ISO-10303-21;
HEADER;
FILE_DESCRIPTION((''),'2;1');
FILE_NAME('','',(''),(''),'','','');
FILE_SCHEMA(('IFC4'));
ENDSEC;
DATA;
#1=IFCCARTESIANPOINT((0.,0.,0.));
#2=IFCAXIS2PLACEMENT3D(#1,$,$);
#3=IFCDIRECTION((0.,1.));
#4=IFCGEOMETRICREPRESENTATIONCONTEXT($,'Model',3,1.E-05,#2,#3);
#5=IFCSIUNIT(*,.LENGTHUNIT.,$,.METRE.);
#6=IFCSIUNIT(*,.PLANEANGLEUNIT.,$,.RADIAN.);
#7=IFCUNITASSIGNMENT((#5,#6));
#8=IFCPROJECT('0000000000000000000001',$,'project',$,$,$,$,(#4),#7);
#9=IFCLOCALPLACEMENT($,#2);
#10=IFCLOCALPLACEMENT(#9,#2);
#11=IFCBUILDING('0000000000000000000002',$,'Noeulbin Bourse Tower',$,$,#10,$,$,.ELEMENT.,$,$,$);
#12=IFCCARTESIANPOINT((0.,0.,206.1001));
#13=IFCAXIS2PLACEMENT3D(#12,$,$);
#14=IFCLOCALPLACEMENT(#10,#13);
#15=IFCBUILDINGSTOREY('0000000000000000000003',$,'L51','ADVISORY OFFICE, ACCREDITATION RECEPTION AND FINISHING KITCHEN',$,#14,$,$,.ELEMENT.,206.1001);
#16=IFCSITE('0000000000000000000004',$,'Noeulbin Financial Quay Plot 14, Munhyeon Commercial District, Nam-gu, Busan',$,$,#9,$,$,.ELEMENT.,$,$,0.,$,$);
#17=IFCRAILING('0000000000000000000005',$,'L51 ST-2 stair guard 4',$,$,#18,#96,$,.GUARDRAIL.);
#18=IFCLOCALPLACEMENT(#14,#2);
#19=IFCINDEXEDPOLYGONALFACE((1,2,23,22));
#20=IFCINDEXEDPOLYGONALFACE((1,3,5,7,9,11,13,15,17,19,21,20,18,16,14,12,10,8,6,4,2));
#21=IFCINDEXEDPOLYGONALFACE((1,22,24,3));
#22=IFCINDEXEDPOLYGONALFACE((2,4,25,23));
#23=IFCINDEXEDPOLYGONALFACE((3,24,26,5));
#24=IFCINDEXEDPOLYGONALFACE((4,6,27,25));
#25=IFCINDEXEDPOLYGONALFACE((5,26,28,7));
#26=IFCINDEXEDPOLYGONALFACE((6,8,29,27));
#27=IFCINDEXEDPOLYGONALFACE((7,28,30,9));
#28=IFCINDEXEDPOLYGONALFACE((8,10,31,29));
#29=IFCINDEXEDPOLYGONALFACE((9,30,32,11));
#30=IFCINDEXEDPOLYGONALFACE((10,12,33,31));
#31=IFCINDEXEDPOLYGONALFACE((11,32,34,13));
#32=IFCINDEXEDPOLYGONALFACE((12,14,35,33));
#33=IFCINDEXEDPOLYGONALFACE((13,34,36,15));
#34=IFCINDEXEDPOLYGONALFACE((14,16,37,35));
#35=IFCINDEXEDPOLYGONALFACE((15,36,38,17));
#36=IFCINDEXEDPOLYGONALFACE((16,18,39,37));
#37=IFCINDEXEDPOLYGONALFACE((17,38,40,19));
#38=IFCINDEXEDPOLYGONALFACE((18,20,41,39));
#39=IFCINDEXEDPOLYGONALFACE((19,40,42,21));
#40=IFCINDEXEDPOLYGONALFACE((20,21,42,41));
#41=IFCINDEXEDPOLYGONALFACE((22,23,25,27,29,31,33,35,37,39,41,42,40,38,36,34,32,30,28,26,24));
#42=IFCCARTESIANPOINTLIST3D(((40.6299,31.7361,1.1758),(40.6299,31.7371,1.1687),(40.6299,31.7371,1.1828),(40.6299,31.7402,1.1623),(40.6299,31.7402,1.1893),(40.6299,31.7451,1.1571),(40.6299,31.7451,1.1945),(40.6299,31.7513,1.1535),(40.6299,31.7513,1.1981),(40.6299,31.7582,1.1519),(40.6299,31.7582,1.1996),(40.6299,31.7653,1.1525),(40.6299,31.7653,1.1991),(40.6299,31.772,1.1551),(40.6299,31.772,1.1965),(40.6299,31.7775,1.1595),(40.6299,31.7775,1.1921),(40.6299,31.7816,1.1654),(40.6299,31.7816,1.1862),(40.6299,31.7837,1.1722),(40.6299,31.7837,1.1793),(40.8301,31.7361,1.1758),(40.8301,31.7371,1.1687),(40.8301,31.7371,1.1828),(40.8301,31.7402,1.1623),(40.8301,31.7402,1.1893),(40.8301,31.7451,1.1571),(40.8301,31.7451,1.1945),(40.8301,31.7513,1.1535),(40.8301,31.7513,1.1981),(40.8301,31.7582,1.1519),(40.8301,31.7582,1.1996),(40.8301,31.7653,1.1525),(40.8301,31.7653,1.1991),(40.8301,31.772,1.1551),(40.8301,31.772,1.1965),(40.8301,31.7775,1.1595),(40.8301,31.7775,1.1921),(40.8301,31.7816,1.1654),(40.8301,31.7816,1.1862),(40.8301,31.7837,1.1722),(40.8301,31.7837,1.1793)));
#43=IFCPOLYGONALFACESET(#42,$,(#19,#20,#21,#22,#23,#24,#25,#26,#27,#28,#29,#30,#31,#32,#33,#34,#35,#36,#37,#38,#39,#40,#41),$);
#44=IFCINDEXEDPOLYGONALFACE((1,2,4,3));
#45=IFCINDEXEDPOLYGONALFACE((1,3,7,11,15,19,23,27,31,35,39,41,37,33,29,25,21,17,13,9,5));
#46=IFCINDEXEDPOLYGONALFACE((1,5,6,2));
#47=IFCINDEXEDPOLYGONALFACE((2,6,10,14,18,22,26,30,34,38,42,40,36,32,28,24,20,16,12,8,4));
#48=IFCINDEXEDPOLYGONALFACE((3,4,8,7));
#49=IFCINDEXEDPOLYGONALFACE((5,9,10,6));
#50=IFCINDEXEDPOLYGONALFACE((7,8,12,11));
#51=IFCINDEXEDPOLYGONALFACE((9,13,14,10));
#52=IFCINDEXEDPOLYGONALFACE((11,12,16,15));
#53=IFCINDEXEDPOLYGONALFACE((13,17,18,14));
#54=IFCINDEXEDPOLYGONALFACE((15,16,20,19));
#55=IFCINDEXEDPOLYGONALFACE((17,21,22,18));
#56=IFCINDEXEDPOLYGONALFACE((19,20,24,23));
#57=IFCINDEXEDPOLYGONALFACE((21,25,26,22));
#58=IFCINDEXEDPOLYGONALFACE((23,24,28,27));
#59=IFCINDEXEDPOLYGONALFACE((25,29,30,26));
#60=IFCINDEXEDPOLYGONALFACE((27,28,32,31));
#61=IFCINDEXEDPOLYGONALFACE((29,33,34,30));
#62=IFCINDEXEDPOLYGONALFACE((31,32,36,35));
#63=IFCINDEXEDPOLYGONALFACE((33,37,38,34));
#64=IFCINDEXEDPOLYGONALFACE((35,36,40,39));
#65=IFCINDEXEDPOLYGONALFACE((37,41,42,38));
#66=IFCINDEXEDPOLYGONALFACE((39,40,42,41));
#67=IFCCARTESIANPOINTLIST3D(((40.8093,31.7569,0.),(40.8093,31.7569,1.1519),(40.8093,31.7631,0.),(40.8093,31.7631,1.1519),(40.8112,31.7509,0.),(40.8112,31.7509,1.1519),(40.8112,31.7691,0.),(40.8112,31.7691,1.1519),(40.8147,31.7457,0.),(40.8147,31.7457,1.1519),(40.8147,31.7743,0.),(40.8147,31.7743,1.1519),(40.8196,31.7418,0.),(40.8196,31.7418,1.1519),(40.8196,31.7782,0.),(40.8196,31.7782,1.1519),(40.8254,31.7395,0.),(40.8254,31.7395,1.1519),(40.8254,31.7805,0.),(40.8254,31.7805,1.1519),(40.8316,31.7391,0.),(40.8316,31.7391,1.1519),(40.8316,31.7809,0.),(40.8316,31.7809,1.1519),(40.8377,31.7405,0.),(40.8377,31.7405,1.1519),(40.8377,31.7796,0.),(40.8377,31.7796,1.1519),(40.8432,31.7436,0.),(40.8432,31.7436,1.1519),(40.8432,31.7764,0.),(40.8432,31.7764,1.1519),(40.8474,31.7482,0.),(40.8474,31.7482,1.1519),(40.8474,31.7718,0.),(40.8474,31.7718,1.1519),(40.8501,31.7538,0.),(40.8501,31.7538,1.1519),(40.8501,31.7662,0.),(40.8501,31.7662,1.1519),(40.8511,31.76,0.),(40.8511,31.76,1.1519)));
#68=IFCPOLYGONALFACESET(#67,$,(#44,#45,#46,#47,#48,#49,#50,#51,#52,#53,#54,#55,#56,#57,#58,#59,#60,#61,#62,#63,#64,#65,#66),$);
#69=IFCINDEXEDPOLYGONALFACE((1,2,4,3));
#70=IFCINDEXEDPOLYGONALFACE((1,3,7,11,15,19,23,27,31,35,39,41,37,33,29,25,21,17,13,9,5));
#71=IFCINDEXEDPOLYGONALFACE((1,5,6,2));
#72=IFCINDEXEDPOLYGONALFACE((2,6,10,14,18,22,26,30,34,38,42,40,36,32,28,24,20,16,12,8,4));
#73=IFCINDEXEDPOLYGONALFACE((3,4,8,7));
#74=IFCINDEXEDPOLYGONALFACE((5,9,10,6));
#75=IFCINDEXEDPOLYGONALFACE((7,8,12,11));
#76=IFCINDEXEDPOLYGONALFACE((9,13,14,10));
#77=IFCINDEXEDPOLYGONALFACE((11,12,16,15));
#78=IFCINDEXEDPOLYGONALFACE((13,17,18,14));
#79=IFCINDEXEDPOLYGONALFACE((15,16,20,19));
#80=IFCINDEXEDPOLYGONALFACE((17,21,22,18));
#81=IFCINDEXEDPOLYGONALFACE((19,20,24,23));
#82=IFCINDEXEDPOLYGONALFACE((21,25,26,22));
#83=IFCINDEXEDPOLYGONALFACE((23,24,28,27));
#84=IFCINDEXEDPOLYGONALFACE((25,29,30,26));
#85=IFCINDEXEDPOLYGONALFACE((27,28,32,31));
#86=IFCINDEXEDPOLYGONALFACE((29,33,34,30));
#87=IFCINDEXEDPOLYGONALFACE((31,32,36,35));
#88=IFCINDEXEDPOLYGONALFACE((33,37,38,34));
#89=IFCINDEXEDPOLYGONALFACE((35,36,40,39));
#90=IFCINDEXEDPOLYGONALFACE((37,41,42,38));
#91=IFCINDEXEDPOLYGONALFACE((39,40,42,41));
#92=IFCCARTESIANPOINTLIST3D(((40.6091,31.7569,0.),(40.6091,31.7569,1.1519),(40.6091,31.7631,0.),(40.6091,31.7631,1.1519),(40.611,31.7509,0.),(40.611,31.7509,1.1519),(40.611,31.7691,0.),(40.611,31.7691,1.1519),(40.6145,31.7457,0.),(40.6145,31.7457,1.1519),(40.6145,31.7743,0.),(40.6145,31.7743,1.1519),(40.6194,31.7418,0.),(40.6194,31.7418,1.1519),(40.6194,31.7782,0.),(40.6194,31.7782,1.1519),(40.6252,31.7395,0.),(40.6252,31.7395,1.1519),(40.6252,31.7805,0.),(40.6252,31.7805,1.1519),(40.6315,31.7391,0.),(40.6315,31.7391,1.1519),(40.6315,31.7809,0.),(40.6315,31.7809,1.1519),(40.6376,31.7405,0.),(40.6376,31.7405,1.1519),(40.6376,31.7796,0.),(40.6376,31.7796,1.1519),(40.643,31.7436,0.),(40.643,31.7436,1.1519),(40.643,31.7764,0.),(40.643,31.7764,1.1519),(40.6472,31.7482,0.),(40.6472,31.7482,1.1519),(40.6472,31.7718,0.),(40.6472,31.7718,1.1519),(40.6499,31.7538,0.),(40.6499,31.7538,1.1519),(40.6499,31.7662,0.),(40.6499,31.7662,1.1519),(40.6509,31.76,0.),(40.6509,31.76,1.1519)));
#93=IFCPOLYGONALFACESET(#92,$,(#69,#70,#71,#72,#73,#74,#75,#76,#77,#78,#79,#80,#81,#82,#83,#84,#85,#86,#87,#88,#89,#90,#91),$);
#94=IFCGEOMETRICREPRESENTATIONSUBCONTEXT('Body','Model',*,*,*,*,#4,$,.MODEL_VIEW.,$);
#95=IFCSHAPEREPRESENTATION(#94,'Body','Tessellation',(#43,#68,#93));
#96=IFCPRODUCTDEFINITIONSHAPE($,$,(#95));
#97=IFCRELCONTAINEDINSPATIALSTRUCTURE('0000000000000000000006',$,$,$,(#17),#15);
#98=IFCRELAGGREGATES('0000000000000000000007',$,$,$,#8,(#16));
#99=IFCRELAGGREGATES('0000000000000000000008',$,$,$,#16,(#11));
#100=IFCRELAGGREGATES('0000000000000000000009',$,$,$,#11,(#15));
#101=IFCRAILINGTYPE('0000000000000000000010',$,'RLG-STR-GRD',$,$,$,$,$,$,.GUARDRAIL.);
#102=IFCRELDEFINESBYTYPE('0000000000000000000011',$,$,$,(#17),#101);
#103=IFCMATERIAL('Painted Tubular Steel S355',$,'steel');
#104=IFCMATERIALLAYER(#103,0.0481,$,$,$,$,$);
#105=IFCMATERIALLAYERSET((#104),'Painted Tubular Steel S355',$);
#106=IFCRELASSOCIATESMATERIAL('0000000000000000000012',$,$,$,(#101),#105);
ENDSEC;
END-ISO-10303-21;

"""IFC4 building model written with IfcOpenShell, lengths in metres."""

from ifc_helpers import new_model, si_unit, direction, frame, origin, origin_2d, place, context, subcontext, project, spatial, circle, extrude, material, layer, layer_set, type_object, element, save


model = new_model("IFC4")

# Units and contexts
model_context = context("Model", 3, precision=1e-05, world=origin(), true_north=direction((0.0, 1.0)))
body_context = subcontext(model_context, "Body", "Model", "MODEL_VIEW")
ifc_project = project(units=[si_unit("LENGTHUNIT", "METRE"), si_unit("PLANEANGLEUNIT", "RADIAN")], contexts=[model_context])

# Site, building, storey
site_placement = place(None, origin())
site = spatial("IfcSite", under=ifc_project, at=site_placement, Name="Noeulbin Financial Quay Plot 14, Munhyeon Commercial District, Nam-gu, Busan", CompositionType="ELEMENT", RefElevation=0.0)
building_placement = place(site_placement, origin())
building = spatial("IfcBuilding", under=site, at=building_placement, Name="Noeulbin Bourse Tower", CompositionType="ELEMENT")
storey_placement = place(building_placement, frame((0.0, 0.0, 206.1001)))
storey = spatial("IfcBuildingStorey", under=building, at=storey_placement, Name="L51", Description="ADVISORY OFFICE, ACCREDITATION RECEPTION AND FINISHING KITCHEN", CompositionType="ELEMENT", Elevation=206.1001)

# Railing
ifc_material_1 = material(Name="Painted Tubular Steel S355", Category="steel")
ifc_layer_1 = layer(ifc_material_1, 0.0481)
ifc_layer_set_1 = layer_set([ifc_layer_1], Name="Painted Tubular Steel S355")
railing_type = type_object("IfcRailingType", Name="RLG-STR-GRD", PredefinedType="GUARDRAIL", material=ifc_layer_set_1)
railing_1_placement = place(storey_placement, frame((40.8301, 31.76, 0.0)))
element("IfcRailing", 1, at=railing_1_placement, inside=storey, type_object=railing_type, Name="L51 ST-2 stair guard 4", PredefinedType="GUARDRAIL", context=body_context, shape_type="SweptSolid", body=[
    extrude(circle(Radius=0.0239, at=origin_2d()), frame((0.0, 0.0, 1.1758), z_axis=(-1.0, 0.0, 0.0), x_axis=(0.0, -1.0, 0.0)), (0.0, 0.0, 1.0), 0.2002),
    extrude(circle(Radius=0.021, at=origin_2d()), origin(), (0.0, 0.0, 1.0), 1.1519),
    extrude(circle(Radius=0.021, at=origin_2d()), frame((-0.2002, 0.0, 0.0)), (0.0, 0.0, 1.0), 1.1519),
])

save(model, "model.ifc")
